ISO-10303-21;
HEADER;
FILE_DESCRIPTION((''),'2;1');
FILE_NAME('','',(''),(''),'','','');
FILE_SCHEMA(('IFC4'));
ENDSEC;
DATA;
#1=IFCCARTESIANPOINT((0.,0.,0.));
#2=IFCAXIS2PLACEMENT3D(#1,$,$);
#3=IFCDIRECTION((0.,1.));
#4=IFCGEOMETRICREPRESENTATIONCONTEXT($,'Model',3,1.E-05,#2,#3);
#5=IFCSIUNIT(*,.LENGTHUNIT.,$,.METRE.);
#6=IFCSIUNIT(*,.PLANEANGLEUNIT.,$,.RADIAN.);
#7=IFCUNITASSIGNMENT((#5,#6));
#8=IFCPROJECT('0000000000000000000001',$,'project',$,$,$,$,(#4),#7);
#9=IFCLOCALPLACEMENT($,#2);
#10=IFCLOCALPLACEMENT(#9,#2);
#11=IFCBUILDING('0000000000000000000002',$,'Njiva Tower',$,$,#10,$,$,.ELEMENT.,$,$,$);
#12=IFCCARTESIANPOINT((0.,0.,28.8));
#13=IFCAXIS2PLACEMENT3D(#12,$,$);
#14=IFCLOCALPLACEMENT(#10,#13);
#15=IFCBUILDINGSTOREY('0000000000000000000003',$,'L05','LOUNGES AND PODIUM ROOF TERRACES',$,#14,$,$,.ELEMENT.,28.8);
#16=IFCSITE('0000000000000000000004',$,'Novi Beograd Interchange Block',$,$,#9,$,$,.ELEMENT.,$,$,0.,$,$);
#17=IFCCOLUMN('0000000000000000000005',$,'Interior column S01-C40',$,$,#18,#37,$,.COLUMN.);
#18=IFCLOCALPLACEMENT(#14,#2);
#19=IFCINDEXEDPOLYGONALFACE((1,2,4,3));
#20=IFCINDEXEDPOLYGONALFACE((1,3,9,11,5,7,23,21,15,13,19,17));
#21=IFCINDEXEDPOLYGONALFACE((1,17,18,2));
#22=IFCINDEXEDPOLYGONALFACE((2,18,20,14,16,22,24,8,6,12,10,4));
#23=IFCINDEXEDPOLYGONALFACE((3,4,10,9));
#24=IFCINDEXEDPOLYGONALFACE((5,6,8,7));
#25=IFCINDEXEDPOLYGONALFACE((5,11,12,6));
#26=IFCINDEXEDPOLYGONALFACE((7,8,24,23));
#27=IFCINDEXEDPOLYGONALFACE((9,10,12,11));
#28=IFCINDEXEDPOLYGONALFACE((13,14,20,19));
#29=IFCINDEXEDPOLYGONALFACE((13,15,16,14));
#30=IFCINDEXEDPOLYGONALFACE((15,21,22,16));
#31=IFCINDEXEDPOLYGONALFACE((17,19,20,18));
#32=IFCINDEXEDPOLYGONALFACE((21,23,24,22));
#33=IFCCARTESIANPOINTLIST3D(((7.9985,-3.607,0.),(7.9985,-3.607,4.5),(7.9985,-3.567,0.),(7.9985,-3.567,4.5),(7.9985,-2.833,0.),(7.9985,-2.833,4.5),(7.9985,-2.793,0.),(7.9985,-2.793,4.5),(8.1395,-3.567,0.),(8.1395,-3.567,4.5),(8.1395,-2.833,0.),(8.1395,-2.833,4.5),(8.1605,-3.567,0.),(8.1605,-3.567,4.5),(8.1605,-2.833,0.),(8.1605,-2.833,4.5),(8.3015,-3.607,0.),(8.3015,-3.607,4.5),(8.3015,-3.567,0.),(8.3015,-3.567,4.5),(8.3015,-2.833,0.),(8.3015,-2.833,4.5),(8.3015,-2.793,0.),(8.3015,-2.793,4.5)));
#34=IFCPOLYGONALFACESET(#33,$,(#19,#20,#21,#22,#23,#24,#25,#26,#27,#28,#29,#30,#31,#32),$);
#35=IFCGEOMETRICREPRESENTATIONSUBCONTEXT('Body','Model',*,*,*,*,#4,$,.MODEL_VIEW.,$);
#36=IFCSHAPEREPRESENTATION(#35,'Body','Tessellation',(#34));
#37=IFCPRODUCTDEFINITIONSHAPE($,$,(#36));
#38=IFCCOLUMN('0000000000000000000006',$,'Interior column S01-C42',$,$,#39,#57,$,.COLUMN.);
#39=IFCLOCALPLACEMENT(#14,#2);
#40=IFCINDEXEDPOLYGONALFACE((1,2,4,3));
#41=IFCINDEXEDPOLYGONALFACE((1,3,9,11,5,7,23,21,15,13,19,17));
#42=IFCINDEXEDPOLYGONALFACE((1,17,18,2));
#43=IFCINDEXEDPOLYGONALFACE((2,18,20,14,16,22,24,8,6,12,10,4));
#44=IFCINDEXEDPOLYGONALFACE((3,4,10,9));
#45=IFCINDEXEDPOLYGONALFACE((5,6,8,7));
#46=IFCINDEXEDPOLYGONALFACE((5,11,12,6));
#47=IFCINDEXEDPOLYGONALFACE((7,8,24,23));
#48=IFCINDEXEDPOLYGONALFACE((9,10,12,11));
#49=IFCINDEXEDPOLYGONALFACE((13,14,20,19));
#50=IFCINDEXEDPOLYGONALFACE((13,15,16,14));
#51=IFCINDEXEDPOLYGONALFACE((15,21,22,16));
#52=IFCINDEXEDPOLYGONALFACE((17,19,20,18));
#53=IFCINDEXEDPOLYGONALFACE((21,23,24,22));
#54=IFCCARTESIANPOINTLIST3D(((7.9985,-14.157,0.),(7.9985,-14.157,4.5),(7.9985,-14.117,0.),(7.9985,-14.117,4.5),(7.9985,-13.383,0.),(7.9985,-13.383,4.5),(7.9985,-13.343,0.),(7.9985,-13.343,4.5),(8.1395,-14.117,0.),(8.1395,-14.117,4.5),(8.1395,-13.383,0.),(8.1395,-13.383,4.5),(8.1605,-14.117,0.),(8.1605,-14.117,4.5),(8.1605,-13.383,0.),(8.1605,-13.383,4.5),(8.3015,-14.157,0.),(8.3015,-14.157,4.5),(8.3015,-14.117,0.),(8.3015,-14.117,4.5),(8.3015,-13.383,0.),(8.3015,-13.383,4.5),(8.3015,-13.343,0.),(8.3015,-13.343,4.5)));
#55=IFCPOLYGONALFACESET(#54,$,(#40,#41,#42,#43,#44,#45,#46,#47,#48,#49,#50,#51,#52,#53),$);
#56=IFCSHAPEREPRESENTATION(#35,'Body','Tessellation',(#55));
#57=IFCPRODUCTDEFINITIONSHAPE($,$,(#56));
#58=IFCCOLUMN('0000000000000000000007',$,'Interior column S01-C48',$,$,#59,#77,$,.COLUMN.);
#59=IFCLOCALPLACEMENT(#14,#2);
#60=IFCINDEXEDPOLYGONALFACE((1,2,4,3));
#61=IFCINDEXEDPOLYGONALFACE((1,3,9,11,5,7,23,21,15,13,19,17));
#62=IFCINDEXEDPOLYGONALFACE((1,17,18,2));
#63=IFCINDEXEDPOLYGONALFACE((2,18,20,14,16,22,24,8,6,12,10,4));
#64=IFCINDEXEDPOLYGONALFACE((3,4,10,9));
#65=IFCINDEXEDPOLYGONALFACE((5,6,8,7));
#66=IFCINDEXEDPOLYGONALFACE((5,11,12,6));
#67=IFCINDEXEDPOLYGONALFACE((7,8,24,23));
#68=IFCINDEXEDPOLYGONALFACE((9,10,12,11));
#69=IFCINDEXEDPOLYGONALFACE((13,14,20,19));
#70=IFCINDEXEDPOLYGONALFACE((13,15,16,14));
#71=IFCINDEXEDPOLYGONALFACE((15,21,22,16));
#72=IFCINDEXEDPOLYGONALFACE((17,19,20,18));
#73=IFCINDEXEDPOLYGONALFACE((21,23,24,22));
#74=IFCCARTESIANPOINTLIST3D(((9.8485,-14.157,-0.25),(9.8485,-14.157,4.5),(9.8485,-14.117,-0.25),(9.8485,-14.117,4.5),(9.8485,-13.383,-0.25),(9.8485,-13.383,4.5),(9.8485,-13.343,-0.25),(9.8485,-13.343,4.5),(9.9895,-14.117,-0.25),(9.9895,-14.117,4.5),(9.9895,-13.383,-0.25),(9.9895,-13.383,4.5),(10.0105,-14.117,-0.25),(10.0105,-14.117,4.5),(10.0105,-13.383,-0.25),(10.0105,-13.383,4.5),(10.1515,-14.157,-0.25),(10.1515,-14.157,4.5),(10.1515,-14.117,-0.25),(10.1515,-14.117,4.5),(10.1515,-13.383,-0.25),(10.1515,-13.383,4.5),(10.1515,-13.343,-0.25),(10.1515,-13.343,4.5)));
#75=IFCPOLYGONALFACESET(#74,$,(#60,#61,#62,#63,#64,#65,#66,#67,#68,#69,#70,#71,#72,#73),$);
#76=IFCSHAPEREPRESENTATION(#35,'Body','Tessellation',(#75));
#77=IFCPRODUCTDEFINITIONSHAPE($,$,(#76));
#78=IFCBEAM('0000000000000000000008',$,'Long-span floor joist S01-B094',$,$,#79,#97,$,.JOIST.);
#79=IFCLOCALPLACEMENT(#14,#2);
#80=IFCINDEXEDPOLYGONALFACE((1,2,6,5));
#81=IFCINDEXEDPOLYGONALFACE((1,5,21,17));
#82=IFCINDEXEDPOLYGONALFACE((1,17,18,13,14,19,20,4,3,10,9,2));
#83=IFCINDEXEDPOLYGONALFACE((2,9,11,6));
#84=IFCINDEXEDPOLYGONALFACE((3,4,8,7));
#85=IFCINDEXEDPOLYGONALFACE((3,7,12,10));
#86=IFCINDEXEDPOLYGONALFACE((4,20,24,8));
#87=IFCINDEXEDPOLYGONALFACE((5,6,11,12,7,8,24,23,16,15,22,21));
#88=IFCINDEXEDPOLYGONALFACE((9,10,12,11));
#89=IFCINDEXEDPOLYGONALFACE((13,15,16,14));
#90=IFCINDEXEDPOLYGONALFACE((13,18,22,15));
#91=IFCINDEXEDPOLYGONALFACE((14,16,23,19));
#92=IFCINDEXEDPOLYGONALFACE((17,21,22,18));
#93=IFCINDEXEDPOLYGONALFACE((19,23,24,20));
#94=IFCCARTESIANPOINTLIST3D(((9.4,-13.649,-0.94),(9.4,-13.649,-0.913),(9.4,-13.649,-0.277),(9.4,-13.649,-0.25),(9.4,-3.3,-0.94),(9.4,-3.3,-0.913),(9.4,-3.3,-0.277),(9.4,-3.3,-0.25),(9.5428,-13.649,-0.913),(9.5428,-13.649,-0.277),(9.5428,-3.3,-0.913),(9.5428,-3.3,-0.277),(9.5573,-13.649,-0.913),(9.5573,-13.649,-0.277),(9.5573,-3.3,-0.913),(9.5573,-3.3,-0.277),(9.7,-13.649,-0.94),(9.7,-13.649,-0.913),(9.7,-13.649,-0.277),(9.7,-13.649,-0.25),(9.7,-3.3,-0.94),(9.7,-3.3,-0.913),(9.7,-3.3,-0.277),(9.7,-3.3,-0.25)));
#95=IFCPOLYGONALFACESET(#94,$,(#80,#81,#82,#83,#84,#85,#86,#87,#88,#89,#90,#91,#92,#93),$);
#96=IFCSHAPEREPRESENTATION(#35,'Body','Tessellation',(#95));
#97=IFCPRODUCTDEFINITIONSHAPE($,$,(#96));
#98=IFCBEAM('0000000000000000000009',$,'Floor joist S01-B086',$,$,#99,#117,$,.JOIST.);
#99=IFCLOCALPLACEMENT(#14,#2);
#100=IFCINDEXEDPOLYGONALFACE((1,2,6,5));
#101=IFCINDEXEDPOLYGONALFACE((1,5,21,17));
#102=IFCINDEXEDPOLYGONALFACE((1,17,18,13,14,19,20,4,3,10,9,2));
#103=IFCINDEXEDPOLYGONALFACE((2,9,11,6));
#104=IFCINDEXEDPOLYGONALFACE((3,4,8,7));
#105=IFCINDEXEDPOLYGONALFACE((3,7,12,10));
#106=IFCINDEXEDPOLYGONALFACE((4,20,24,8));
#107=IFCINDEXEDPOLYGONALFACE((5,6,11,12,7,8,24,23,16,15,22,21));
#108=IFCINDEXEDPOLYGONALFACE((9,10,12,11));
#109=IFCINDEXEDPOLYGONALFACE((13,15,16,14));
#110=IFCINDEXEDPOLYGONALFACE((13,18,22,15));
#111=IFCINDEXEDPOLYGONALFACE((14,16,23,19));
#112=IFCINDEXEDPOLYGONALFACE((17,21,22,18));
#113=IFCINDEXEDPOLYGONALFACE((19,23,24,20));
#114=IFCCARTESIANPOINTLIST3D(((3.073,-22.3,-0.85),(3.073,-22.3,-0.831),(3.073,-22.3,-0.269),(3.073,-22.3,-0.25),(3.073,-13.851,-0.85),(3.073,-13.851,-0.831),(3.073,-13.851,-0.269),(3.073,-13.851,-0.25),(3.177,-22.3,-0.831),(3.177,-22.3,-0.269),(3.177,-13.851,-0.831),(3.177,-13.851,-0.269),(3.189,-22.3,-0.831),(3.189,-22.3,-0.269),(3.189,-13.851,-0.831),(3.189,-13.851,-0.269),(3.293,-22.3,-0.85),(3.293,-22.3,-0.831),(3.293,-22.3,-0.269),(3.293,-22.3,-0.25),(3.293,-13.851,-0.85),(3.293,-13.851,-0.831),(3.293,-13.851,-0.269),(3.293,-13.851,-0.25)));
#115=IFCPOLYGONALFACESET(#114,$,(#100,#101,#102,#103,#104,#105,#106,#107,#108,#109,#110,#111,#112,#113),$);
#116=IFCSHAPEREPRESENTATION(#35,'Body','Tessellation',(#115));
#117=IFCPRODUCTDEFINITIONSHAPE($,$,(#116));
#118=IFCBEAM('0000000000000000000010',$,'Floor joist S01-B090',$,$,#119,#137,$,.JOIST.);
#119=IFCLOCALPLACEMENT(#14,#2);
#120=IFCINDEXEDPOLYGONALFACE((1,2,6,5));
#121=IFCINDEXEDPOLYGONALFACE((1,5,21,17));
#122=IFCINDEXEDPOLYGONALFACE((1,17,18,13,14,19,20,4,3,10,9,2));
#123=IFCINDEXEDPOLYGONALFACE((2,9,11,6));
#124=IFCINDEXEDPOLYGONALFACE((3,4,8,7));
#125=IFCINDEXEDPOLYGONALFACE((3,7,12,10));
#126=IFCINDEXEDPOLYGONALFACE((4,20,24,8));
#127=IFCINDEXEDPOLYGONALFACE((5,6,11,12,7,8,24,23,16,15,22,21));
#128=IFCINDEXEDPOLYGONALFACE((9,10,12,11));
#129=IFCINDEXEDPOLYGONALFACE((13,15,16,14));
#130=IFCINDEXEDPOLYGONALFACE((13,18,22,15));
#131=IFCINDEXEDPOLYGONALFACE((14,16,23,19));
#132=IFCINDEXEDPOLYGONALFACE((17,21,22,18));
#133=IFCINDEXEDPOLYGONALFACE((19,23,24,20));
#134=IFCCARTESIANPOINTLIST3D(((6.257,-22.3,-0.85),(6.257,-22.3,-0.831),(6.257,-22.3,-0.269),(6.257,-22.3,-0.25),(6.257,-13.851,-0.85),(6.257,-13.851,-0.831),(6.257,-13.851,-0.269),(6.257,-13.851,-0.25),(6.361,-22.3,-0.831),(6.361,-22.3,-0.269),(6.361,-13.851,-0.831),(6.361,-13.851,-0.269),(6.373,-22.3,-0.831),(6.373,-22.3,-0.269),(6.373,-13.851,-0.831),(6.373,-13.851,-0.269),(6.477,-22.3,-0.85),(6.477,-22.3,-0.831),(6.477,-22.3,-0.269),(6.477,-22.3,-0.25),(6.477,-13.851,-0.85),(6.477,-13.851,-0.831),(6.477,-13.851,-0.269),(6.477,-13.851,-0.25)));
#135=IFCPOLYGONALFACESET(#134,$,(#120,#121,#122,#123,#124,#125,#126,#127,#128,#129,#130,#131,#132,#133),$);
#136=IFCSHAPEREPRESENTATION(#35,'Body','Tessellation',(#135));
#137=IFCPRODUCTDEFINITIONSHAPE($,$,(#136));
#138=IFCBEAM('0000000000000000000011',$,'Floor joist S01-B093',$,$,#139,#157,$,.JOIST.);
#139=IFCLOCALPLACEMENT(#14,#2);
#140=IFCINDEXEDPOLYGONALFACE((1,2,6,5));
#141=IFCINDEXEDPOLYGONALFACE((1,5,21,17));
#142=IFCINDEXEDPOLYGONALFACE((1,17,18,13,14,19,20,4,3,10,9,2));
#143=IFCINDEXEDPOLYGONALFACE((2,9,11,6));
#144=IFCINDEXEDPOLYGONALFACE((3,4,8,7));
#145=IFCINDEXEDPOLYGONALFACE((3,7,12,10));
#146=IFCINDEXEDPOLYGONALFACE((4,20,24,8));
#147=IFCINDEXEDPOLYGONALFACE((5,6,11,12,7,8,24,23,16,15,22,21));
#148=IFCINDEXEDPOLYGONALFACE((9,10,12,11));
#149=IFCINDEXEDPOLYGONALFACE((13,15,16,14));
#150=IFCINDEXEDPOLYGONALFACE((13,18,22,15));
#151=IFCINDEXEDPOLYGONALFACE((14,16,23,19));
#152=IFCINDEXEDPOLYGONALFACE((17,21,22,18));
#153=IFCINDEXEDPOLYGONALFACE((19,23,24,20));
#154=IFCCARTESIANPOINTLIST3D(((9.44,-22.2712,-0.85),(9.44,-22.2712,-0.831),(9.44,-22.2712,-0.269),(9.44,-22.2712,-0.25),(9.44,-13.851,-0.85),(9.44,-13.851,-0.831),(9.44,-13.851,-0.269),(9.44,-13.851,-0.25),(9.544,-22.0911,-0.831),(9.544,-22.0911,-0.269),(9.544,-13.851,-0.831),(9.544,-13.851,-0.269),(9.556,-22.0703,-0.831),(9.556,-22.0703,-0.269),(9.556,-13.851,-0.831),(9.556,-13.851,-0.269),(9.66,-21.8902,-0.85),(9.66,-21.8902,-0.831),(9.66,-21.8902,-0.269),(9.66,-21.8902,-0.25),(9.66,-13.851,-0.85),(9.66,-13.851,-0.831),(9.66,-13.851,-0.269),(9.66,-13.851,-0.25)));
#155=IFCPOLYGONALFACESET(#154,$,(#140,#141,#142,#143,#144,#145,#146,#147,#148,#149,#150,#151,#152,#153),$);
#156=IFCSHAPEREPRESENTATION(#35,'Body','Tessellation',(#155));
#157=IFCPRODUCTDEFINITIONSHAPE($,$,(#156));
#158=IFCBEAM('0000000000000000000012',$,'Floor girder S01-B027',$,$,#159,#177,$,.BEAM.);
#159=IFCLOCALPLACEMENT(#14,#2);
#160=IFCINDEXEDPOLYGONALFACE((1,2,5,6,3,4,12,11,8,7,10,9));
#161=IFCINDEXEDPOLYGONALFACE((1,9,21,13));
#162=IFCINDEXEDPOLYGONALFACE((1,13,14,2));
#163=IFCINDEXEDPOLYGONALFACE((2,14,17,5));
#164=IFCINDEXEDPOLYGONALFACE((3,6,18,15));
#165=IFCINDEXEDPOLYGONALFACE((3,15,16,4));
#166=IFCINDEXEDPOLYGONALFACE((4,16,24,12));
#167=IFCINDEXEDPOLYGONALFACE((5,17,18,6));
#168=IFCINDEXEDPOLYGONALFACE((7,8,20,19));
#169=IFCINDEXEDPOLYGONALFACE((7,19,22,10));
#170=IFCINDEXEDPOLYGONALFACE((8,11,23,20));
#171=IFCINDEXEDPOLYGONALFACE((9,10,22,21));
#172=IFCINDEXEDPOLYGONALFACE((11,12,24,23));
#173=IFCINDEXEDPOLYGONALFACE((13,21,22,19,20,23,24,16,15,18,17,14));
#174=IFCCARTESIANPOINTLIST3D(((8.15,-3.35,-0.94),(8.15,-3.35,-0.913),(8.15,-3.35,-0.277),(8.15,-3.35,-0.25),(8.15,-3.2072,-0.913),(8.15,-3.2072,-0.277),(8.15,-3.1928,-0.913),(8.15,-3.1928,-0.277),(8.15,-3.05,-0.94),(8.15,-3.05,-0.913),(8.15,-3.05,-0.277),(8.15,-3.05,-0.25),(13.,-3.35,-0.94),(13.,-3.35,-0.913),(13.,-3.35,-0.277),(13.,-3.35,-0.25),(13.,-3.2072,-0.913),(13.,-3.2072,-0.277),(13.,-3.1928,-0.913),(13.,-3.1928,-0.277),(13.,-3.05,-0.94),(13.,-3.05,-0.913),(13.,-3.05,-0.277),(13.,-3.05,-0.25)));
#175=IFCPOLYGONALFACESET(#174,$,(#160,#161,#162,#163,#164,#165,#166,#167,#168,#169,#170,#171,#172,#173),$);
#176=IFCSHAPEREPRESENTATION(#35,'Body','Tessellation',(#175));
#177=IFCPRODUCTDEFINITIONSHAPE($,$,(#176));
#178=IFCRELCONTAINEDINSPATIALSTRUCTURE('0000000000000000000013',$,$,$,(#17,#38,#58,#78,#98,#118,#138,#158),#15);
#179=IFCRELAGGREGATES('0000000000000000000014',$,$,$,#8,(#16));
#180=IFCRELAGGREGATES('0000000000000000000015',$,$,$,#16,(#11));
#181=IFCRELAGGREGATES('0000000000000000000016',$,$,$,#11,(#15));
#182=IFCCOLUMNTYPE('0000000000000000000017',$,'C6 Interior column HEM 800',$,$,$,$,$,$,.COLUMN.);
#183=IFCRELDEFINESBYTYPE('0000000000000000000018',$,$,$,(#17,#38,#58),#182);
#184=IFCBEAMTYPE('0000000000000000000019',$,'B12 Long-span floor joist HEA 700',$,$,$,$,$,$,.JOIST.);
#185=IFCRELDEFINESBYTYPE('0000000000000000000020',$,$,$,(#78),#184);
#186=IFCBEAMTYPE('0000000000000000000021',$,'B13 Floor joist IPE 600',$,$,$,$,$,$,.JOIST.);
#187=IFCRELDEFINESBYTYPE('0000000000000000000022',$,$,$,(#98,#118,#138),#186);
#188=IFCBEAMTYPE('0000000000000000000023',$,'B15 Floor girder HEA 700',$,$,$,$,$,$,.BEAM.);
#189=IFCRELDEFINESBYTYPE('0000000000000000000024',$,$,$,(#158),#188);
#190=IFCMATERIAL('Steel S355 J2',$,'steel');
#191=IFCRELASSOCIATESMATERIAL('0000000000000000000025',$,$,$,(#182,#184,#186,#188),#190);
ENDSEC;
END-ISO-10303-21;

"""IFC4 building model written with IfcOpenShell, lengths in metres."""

from ifc_helpers import new_model, si_unit, direction, frame, origin, origin_2d, place, context, subcontext, project, spatial, i_section, extrude, clip, halfspace, material, material_profile, profile_set, type_object, element, save


model = new_model("IFC4")

# Units and contexts
model_context = context("Model", 3, precision=1e-05, world=origin(), true_north=direction((0.0, 1.0)))
body_context = subcontext(model_context, "Body", "Model", "MODEL_VIEW")
ifc_project = project(units=[si_unit("LENGTHUNIT", "METRE"), si_unit("PLANEANGLEUNIT", "RADIAN")], contexts=[model_context])

# Site, building, storey
site_placement = place(None, origin())
site = spatial("IfcSite", under=ifc_project, at=site_placement, Name="Novi Beograd Interchange Block", CompositionType="ELEMENT", RefElevation=0.0)
building_placement = place(site_placement, origin())
building = spatial("IfcBuilding", under=site, at=building_placement, Name="Njiva Tower", CompositionType="ELEMENT")
storey_placement = place(building_placement, frame((0.0, 0.0, 28.8)))
storey = spatial("IfcBuildingStorey", under=building, at=storey_placement, Name="L05", Description="LOUNGES AND PODIUM ROOF TERRACES", CompositionType="ELEMENT", Elevation=28.8)

# Columns
ifc_material_1 = material(Name="Steel S355 J2", Category="steel")
ifc_material_profile_1 = material_profile(ifc_material_1, i_section(OverallWidth=0.303, OverallDepth=0.814, WebThickness=0.021, FlangeThickness=0.04, at=origin_2d()), Name="HEM 800")
ifc_profile_set_1 = profile_set([ifc_material_profile_1], Name="Steel S355 J2")
column_type = type_object("IfcColumnType", Name="C6 Interior column HEM 800", PredefinedType="COLUMN", material=ifc_profile_set_1)
for number, where, z_axis, x_axis, name in (
    (1, (8.15, -3.2, 0.0), (0.0, 0.0, 1.0), (1.0, 0.0, 0.0), "Interior column S01-C40"),
    (2, (8.15, -13.75, 0.0), (0.0, 0.0, 1.0), (1.0, 0.0, 0.0), "Interior column S01-C42"),
):
    element("IfcColumn", number, at=place(storey_placement, frame(where, z_axis=z_axis, x_axis=x_axis)), inside=storey, type_object=column_type, Name=name, PredefinedType="COLUMN", context=body_context, shape_type="SweptSolid", body=[
        extrude(i_section(OverallWidth=0.303, OverallDepth=0.814, WebThickness=0.021, FlangeThickness=0.04, at=origin_2d()), origin(), (0.0, 0.0, 1.0), 4.5),
    ])
column_placement = place(storey_placement, frame((10.0, -13.75, -0.25), z_axis=(0.0, 0.0, 1.0), x_axis=(1.0, 0.0, 0.0)))
element("IfcColumn", 3, at=column_placement, inside=storey, type_object=column_type, Name="Interior column S01-C48", PredefinedType="COLUMN", context=body_context, shape_type="SweptSolid", body=[
    extrude(i_section(OverallWidth=0.303, OverallDepth=0.814, WebThickness=0.021, FlangeThickness=0.04, at=origin_2d()), origin(), (0.0, 0.0, 1.0), 4.75),
])

# Beams
ifc_material_profile_2 = material_profile(ifc_material_1, i_section(OverallWidth=0.3, OverallDepth=0.69, WebThickness=0.0145, FlangeThickness=0.027, at=origin_2d()), Name="HEA 700")
ifc_profile_set_2 = profile_set([ifc_material_profile_2], Name="Steel S355 J2")
beam_type_1 = type_object("IfcBeamType", Name="B12 Long-span floor joist HEA 700", PredefinedType="JOIST", material=ifc_profile_set_2)
beam_1_placement = place(storey_placement, frame((9.55, -3.3, -0.595), z_axis=(0.0, -1.0, 0.0), x_axis=(1.0, 0.0, 0.0)))
element("IfcBeam", 4, at=beam_1_placement, inside=storey, type_object=beam_type_1, Name="Long-span floor joist S01-B094", PredefinedType="JOIST", context=body_context, shape_type="SweptSolid", body=[
    extrude(i_section(OverallWidth=0.3, OverallDepth=0.69, WebThickness=0.0145, FlangeThickness=0.027, at=origin_2d()), origin(), (0.0, 0.0, 1.0), 10.349),
])
ifc_material_profile_3 = material_profile(ifc_material_1, i_section(OverallWidth=0.22, OverallDepth=0.6, WebThickness=0.012, FlangeThickness=0.019, at=origin_2d()), Name="IPE 600")
ifc_profile_set_3 = profile_set([ifc_material_profile_3], Name="Steel S355 J2")
beam_type_2 = type_object("IfcBeamType", Name="B13 Floor joist IPE 600", PredefinedType="JOIST", material=ifc_profile_set_3)
for number, where, z_axis, x_axis, name in (
    (5, (3.183, -13.851, -0.55), (0.0, -1.0, 0.0), (1.0, 0.0, 0.0), "Floor joist S01-B086"),
    (6, (6.367, -13.851, -0.55), (0.0, -1.0, 0.0), (1.0, 0.0, 0.0), "Floor joist S01-B090"),
):
    element("IfcBeam", number, at=place(storey_placement, frame(where, z_axis=z_axis, x_axis=x_axis)), inside=storey, type_object=beam_type_2, Name=name, PredefinedType="JOIST", context=body_context, shape_type="SweptSolid", body=[
        extrude(i_section(OverallWidth=0.22, OverallDepth=0.6, WebThickness=0.012, FlangeThickness=0.019, at=origin_2d()), origin(), (0.0, 0.0, 1.0), 8.449),
    ])
beam_2_placement = place(storey_placement, frame((9.55, -13.851, -0.55), z_axis=(0.0, -1.0, 0.0), x_axis=(1.0, 0.0, 0.0)))
element("IfcBeam", 7, at=beam_2_placement, inside=storey, type_object=beam_type_2, Name="Floor joist S01-B093", PredefinedType="JOIST", context=body_context, shape_type="Clipping", body=[
    clip(extrude(i_section(OverallWidth=0.22, OverallDepth=0.6, WebThickness=0.012, FlangeThickness=0.019, at=origin_2d()), origin(), (0.0, 0.0, 1.0), 8.441), halfspace(frame((0.0433, 0.0, 8.1547), z_axis=(0.866027, 0.0, 0.499998), x_axis=(0.0, 1.0, 0.0)), False)),
])
ifc_material_profile_4 = material_profile(ifc_material_1, i_section(OverallWidth=0.3, OverallDepth=0.69, WebThickness=0.0145, FlangeThickness=0.027, at=origin_2d()), Name="HEA 700")
ifc_profile_set_4 = profile_set([ifc_material_profile_4], Name="Steel S355 J2")
beam_type_3 = type_object("IfcBeamType", Name="B15 Floor girder HEA 700", PredefinedType="BEAM", material=ifc_profile_set_4)
beam_3_placement = place(storey_placement, frame((8.15, -3.2, -0.595), z_axis=(1.0, 0.0, 0.0), x_axis=(0.0, 1.0, 0.0)))
element("IfcBeam", 8, at=beam_3_placement, inside=storey, type_object=beam_type_3, Name="Floor girder S01-B027", PredefinedType="BEAM", context=body_context, shape_type="SweptSolid", body=[
    extrude(i_section(OverallWidth=0.3, OverallDepth=0.69, WebThickness=0.0145, FlangeThickness=0.027, at=origin_2d()), origin(), (0.0, 0.0, 1.0), 4.85),
])

save(model, "model.ifc")
